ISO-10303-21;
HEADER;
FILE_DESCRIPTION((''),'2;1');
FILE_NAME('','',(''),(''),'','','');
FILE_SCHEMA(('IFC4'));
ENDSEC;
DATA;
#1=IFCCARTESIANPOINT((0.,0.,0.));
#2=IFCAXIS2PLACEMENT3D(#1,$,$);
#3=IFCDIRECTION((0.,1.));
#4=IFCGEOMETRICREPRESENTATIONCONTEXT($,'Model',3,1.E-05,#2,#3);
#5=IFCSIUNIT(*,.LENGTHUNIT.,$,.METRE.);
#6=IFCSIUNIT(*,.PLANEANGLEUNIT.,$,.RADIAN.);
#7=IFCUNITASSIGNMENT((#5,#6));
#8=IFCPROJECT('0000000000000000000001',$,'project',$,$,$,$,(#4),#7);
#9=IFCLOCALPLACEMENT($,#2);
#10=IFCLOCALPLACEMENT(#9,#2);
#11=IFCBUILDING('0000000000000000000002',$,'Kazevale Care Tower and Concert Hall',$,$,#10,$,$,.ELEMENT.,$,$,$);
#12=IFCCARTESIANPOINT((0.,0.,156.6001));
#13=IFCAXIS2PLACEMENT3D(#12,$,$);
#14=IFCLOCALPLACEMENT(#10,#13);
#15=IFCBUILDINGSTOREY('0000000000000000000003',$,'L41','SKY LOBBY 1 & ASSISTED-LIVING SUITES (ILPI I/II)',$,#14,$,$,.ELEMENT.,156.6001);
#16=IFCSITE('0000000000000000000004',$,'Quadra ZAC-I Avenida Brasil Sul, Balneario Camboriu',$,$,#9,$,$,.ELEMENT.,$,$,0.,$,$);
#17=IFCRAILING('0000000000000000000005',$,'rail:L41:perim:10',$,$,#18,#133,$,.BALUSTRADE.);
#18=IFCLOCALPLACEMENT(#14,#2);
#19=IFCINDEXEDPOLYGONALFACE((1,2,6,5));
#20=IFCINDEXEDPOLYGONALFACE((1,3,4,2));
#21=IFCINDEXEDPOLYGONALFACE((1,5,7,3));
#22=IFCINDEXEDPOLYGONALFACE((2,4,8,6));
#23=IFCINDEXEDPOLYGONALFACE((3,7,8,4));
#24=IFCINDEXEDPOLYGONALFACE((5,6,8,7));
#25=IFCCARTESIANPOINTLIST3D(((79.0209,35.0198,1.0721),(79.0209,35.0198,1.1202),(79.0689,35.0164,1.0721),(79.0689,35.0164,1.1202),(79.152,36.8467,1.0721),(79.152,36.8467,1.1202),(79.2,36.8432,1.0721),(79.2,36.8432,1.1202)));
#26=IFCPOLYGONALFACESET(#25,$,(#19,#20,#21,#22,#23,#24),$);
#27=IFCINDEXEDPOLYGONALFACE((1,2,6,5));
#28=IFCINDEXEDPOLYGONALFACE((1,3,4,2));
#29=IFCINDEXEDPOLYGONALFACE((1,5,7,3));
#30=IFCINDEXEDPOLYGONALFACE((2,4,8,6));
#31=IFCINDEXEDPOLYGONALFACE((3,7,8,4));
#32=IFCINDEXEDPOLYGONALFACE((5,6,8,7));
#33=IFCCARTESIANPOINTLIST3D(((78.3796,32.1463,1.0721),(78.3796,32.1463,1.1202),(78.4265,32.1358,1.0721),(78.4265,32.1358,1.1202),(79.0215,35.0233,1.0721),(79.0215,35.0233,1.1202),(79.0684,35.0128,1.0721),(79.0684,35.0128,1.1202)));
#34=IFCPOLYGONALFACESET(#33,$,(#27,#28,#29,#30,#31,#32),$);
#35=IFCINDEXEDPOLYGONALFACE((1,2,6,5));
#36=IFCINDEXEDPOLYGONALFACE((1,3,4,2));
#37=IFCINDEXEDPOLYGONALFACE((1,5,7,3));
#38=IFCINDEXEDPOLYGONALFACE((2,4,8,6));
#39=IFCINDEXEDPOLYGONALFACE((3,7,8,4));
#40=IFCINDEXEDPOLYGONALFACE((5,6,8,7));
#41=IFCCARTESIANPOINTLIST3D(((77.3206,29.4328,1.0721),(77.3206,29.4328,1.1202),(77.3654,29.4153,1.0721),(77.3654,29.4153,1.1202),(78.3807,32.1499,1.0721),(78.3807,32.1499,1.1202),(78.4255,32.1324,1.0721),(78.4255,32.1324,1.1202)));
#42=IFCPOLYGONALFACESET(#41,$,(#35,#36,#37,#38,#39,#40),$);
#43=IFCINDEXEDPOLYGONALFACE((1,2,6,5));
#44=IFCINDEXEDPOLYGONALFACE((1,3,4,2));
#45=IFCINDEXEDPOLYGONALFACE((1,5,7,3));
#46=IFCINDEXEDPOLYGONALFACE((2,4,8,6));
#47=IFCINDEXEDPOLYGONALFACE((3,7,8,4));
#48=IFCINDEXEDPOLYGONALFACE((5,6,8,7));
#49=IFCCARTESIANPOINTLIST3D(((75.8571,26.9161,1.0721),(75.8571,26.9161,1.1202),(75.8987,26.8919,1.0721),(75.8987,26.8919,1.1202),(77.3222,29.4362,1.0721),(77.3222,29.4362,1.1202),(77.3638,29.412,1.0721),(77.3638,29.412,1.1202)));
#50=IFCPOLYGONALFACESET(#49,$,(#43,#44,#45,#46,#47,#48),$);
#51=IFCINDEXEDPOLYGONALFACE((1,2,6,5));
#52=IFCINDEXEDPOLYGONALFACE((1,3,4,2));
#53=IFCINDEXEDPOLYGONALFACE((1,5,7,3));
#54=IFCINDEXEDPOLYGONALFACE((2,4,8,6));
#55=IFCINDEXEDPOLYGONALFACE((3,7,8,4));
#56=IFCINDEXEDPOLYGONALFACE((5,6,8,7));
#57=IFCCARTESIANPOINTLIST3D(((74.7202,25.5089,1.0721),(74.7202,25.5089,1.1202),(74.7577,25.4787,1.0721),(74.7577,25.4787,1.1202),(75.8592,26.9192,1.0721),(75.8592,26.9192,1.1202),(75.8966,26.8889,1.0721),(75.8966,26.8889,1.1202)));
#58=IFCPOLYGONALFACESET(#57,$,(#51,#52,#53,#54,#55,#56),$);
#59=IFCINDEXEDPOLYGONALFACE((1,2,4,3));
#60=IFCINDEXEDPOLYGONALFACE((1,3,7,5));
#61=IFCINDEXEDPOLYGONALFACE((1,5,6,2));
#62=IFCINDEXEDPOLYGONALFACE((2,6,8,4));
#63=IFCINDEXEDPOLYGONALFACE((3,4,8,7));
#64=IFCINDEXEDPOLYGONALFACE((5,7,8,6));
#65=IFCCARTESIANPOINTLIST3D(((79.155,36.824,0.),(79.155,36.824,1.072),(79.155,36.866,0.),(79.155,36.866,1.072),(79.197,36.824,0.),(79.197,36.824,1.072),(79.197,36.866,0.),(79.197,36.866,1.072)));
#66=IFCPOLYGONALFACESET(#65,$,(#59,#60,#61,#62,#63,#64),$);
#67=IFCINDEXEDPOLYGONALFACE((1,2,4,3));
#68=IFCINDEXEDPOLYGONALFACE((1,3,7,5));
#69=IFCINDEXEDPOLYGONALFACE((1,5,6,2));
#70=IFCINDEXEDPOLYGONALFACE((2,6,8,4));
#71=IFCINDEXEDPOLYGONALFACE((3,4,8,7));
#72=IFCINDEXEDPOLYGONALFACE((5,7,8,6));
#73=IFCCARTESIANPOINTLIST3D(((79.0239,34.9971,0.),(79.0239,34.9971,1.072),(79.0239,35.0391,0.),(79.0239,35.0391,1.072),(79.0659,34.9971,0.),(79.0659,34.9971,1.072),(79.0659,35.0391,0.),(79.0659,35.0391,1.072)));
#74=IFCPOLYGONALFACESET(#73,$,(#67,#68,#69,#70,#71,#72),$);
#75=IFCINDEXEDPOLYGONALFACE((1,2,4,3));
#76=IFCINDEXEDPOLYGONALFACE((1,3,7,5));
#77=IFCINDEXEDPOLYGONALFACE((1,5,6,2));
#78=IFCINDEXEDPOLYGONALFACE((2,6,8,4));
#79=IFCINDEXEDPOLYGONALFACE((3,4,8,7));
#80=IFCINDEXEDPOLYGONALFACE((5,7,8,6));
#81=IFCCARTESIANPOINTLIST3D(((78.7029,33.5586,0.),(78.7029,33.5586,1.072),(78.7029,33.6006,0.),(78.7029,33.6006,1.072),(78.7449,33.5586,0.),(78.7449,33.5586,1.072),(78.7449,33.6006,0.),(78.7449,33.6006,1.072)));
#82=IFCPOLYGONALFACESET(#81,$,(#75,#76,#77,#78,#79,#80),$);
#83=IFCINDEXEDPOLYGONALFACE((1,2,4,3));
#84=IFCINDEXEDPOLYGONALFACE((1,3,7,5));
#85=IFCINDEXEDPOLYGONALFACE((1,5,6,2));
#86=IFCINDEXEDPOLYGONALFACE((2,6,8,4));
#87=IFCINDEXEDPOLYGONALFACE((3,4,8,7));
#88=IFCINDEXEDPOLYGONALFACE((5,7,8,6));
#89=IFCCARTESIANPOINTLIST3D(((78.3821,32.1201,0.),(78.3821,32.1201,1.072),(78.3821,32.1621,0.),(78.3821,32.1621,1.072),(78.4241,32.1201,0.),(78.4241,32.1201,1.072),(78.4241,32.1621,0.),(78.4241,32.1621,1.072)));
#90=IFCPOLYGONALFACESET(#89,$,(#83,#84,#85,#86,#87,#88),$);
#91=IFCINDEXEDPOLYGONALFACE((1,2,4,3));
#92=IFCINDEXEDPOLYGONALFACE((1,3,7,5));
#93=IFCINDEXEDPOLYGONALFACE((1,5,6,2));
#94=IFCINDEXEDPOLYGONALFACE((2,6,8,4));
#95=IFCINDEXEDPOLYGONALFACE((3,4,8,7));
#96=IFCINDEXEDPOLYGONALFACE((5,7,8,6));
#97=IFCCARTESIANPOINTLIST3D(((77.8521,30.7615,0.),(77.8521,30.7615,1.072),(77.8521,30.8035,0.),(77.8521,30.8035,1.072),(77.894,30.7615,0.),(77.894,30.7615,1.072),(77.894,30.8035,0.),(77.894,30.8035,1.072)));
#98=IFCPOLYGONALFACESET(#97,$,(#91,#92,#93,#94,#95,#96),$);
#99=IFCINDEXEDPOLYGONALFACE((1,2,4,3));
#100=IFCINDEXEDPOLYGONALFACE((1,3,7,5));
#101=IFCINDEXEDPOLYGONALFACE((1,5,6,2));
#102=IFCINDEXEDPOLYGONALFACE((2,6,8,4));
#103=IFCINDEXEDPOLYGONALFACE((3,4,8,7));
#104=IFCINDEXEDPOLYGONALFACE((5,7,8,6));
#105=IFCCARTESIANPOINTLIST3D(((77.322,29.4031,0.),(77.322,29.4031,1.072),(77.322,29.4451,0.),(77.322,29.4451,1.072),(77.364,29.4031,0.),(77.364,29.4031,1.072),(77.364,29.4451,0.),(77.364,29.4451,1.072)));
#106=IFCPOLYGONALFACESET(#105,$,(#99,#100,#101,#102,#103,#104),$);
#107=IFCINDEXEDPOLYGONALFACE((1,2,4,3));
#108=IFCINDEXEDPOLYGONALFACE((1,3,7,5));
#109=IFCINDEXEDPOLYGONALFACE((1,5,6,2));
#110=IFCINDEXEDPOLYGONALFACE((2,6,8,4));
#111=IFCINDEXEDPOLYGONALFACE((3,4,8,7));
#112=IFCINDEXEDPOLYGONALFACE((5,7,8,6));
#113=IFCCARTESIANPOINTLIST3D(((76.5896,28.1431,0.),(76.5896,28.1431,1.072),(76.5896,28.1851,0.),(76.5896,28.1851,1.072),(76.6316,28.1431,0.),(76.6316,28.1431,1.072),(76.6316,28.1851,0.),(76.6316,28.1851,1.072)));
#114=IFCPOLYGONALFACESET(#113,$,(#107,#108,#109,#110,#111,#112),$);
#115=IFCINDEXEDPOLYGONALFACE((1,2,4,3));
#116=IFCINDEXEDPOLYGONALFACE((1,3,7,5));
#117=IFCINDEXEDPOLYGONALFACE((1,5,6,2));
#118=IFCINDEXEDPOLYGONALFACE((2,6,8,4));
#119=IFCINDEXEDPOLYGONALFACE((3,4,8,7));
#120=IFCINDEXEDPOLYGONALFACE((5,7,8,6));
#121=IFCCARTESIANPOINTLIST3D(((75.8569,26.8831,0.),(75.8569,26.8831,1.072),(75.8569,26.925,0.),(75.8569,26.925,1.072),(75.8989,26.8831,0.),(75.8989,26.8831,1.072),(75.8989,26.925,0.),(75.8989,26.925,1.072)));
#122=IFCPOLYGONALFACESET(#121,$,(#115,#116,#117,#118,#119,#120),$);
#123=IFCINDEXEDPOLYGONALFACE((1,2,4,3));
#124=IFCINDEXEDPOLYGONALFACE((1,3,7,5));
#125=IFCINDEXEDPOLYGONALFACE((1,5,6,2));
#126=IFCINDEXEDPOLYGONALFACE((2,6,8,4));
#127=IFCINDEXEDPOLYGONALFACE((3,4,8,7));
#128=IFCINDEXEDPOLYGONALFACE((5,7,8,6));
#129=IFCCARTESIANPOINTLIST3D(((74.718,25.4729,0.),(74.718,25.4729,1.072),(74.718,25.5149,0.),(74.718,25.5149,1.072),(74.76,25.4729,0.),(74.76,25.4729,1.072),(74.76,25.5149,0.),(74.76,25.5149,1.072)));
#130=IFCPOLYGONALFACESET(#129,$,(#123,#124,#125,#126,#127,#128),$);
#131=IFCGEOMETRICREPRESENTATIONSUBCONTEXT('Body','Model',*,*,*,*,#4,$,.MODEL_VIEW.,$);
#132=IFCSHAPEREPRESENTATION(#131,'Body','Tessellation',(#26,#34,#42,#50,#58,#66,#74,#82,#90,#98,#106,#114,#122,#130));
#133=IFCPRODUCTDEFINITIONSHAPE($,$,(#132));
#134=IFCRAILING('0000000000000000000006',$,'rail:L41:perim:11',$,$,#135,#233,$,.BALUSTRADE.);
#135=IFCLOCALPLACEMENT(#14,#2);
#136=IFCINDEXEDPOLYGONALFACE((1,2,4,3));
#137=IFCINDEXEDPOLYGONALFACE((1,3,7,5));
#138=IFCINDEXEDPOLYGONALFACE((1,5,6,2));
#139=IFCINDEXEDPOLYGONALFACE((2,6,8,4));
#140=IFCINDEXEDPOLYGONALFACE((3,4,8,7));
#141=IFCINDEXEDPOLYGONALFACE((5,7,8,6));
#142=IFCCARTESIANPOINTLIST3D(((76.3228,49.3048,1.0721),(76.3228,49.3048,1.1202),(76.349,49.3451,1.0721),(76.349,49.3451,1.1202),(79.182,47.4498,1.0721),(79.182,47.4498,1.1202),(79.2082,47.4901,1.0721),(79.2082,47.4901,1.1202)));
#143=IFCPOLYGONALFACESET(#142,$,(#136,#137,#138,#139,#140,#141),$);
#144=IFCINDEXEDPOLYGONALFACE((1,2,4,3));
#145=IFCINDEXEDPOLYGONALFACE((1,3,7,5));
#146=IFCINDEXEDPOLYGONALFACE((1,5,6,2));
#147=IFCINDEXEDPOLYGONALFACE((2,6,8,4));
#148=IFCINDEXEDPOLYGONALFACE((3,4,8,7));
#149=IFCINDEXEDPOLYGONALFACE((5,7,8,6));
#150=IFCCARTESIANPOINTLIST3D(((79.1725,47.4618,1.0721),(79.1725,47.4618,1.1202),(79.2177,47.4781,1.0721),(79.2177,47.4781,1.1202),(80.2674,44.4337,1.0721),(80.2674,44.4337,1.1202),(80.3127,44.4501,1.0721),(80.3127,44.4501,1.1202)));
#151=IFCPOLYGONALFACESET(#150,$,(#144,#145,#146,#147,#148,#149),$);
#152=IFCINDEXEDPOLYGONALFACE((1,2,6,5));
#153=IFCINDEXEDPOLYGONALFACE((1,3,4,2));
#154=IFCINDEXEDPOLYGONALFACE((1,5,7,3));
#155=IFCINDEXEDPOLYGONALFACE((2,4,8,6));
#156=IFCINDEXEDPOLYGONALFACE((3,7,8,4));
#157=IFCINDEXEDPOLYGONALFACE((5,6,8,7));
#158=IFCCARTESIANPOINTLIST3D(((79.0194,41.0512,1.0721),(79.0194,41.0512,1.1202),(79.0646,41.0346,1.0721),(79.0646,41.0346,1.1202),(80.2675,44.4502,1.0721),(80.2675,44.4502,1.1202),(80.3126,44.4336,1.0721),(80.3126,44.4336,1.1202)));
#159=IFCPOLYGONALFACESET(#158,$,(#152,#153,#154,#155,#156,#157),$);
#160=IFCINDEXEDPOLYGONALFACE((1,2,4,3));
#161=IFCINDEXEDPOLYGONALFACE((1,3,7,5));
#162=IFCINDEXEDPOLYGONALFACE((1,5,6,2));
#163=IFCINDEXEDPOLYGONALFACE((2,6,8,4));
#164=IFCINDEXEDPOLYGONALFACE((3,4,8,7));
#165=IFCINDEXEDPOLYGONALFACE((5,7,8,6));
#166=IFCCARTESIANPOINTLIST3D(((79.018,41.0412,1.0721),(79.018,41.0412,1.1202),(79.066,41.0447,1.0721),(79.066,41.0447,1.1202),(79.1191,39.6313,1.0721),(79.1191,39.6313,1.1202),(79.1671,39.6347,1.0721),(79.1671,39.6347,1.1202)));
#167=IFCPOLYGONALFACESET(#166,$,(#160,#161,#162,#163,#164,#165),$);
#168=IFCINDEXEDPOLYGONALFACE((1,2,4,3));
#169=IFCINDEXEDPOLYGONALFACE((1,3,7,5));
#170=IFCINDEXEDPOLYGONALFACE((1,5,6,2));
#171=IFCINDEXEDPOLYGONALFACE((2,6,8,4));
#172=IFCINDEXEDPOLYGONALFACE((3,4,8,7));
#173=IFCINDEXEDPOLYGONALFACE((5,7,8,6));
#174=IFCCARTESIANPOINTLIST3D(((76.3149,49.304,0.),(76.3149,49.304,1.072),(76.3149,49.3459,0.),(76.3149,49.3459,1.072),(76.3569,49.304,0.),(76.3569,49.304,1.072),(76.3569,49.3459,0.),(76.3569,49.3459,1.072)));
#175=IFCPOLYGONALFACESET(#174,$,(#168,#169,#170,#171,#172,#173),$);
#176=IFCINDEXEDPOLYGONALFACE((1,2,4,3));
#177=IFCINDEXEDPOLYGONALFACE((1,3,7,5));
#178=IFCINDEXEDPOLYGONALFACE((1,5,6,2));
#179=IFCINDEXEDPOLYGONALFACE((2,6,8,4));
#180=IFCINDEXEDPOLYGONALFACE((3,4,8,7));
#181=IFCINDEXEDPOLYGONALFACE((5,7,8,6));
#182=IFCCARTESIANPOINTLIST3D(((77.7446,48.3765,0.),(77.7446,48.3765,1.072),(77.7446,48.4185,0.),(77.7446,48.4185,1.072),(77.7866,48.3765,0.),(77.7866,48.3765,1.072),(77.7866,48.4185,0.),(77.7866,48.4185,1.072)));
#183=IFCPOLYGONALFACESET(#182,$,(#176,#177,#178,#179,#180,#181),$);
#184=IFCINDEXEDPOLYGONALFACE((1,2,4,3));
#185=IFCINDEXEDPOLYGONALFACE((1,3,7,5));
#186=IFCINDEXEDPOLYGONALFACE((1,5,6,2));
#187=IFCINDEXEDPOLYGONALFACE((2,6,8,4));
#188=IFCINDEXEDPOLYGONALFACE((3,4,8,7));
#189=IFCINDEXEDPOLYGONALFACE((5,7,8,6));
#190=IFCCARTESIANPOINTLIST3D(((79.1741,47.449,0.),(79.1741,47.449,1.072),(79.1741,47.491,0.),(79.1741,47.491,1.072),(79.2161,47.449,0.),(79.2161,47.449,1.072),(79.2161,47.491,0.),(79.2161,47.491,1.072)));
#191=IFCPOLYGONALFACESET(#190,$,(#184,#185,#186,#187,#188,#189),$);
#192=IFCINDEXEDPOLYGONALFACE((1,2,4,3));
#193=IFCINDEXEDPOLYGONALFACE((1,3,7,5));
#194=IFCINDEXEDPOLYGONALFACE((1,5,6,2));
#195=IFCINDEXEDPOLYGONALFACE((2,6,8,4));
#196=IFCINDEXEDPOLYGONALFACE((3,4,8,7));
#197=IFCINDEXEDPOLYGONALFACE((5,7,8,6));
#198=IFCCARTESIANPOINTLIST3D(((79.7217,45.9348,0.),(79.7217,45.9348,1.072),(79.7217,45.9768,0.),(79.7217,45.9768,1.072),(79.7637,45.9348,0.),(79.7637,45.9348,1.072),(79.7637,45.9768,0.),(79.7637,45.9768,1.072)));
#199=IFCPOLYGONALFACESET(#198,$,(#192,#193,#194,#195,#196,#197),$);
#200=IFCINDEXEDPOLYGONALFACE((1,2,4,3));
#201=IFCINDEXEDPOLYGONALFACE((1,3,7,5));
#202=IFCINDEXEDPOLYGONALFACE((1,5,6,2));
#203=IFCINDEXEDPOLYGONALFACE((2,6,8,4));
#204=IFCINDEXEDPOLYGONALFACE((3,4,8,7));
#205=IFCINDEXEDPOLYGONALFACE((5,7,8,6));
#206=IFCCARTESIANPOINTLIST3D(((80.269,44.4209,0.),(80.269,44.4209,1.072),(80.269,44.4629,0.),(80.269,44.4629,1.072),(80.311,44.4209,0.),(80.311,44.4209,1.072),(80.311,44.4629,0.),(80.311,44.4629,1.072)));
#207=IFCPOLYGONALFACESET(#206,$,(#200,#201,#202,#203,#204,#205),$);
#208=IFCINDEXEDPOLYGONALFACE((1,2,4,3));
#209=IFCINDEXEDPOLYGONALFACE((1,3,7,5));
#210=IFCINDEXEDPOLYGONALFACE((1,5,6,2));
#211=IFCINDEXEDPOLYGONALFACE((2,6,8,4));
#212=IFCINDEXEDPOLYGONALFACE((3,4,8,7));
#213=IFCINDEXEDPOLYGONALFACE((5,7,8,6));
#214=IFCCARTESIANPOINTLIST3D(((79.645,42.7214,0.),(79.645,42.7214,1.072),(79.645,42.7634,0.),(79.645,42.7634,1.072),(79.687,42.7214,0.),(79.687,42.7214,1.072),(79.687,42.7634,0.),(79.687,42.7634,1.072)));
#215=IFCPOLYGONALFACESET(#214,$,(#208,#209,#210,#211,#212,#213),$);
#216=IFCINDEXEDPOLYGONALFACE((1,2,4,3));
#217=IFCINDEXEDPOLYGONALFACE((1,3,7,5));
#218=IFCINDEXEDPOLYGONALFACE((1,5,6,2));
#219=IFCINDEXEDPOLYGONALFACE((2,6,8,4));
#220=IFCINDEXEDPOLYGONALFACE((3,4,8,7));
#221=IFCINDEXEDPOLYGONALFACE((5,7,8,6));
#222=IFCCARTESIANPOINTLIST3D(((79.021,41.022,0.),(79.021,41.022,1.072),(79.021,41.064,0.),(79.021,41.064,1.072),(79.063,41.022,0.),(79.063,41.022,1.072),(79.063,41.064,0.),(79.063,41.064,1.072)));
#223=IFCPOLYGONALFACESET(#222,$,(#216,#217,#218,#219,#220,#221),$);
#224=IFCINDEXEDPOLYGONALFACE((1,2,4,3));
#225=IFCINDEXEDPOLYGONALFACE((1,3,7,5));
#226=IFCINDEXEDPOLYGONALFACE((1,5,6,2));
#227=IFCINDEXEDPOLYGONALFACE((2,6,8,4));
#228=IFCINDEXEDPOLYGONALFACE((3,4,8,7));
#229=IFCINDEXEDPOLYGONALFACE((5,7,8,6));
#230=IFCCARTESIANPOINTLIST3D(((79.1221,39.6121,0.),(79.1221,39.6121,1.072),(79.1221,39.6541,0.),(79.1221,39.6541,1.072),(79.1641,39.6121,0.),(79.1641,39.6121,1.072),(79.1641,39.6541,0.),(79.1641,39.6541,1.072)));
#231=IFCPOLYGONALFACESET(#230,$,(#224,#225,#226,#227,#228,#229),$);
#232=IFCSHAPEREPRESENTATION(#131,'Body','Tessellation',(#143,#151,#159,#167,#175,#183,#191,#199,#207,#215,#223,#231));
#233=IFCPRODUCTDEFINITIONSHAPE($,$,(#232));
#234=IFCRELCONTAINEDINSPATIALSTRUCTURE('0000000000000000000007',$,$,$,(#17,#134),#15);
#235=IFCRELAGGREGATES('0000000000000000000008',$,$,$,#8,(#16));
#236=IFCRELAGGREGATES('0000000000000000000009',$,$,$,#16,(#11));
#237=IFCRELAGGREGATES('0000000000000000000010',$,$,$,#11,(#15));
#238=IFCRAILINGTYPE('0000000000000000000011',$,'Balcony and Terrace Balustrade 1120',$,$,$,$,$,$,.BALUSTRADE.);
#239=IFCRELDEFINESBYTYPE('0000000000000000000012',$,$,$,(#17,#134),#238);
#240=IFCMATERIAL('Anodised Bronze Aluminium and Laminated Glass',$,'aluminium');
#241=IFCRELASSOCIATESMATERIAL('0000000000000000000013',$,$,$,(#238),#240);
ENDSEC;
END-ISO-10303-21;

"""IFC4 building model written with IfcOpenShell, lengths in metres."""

from ifc_helpers import new_model, si_unit, direction, frame, origin, origin_2d, place, context, subcontext, project, spatial, rectangle, extrude, material, type_object, element, save


model = new_model("IFC4")

# Units and contexts
model_context = context("Model", 3, precision=1e-05, world=origin(), true_north=direction((0.0, 1.0)))
body_context = subcontext(model_context, "Body", "Model", "MODEL_VIEW")
ifc_project = project(units=[si_unit("LENGTHUNIT", "METRE"), si_unit("PLANEANGLEUNIT", "RADIAN")], contexts=[model_context])

# Site, building, storey
site_placement = place(None, origin())
site = spatial("IfcSite", under=ifc_project, at=site_placement, Name="Quadra ZAC-I Avenida Brasil Sul, Balneario Camboriu", CompositionType="ELEMENT", RefElevation=0.0)
building_placement = place(site_placement, origin())
building = spatial("IfcBuilding", under=site, at=building_placement, Name="Kazevale Care Tower and Concert Hall", CompositionType="ELEMENT")
storey_placement = place(building_placement, frame((0.0, 0.0, 156.6001)))
storey = spatial("IfcBuildingStorey", under=building, at=storey_placement, Name="L41", Description="SKY LOBBY 1 & ASSISTED-LIVING SUITES (ILPI I/II)", CompositionType="ELEMENT", Elevation=156.6001)

# Railings
ifc_material_1 = material(Name="Anodised Bronze Aluminium and Laminated Glass", Category="aluminium")
railing_type = type_object("IfcRailingType", Name="Balcony and Terrace Balustrade 1120", PredefinedType="BALUSTRADE", material=ifc_material_1)
railing_1_placement = place(storey_placement, frame((79.176, 36.845, 0.0)))
element("IfcRailing", 1, at=railing_1_placement, inside=storey, type_object=railing_type, Name="rail:L41:perim:10", PredefinedType="BALUSTRADE", context=body_context, shape_type="SweptSolid", body=[
    extrude(rectangle(XDim=0.0481, YDim=0.0481, at=origin_2d()), frame((0.0, 0.0, 1.0962), z_axis=(-0.071579, -0.997435, 0.0), x_axis=(0.997435, -0.071579, 0.0)), (0.0, 0.0, 1.0), 1.8315),
    extrude(rectangle(XDim=0.0481, YDim=0.0481, at=origin_2d()), frame((-0.1311, -1.8269, 1.0962), z_axis=(-0.217746, -0.976005, 0.0), x_axis=(0.976005, -0.217746, 0.0)), (0.0, 0.0, 1.0), 2.9478),
    extrude(rectangle(XDim=0.0481, YDim=0.0481, at=origin_2d()), frame((-0.7729, -4.7039, 1.0962), z_axis=(-0.363468, -0.931607, 0.0), x_axis=(0.931607, -0.363468, 0.0)), (0.0, 0.0, 1.0), 2.9165),
    extrude(rectangle(XDim=0.0481, YDim=0.0481, at=origin_2d()), frame((-1.833, -7.4209, 1.0962), z_axis=(-0.50261, -0.864513, 0.0), x_axis=(0.864513, -0.50261, 0.0)), (0.0, 0.0, 1.0), 2.915),
    extrude(rectangle(XDim=0.0481, YDim=0.0481, at=origin_2d()), frame((-3.2981, -9.9409, 1.0962), z_axis=(-0.628318, -0.777956, 0.0), x_axis=(0.777956, -0.628318, 0.0)), (0.0, 0.0, 1.0), 1.8127),
    extrude(rectangle(XDim=0.042, YDim=0.042, at=origin_2d()), origin(), (0.0, 0.0, 1.0), 1.072),
    extrude(rectangle(XDim=0.042, YDim=0.042, at=origin_2d()), frame((-0.1311, -1.8269, 0.0)), (0.0, 0.0, 1.0), 1.072),
    extrude(rectangle(XDim=0.042, YDim=0.042, at=origin_2d()), frame((-0.4521, -3.2654, 0.0)), (0.0, 0.0, 1.0), 1.072),
    extrude(rectangle(XDim=0.042, YDim=0.042, at=origin_2d()), frame((-0.7729, -4.7039, 0.0)), (0.0, 0.0, 1.0), 1.072),
    extrude(rectangle(XDim=0.042, YDim=0.042, at=origin_2d()), frame((-1.303, -6.0625, 0.0)), (0.0, 0.0, 1.0), 1.072),
    extrude(rectangle(XDim=0.042, YDim=0.042, at=origin_2d()), frame((-1.833, -7.4209, 0.0)), (0.0, 0.0, 1.0), 1.072),
    extrude(rectangle(XDim=0.042, YDim=0.042, at=origin_2d()), frame((-2.5654, -8.6809, 0.0)), (0.0, 0.0, 1.0), 1.072),
    extrude(rectangle(XDim=0.042, YDim=0.042, at=origin_2d()), frame((-3.2981, -9.9409, 0.0)), (0.0, 0.0, 1.0), 1.072),
    extrude(rectangle(XDim=0.042, YDim=0.042, at=origin_2d()), frame((-4.437, -11.3511, 0.0)), (0.0, 0.0, 1.0), 1.072),
])
railing_2_placement = place(storey_placement, frame((76.3359, 49.325, 0.0)))
element("IfcRailing", 2, at=railing_2_placement, inside=storey, type_object=railing_type, Name="rail:L41:perim:11", PredefinedType="BALUSTRADE", context=body_context, shape_type="SweptSolid", body=[
    extrude(rectangle(XDim=0.0481, YDim=0.0481, at=origin_2d()), frame((0.0, 0.0, 1.0962), z_axis=(0.838906, -0.544276, 0.0), x_axis=(0.544276, 0.838906, 0.0)), (0.0, 0.0, 1.0), 3.4082),
    extrude(rectangle(XDim=0.0481, YDim=0.0481, at=origin_2d()), frame((2.8591, -1.855, 1.0962), z_axis=(0.340056, -0.940405, 0.0), x_axis=(0.940405, 0.340056, 0.0)), (0.0, 0.0, 1.0), 3.22),
    extrude(rectangle(XDim=0.0481, YDim=0.0481, at=origin_2d()), frame((3.9541, -4.8831, 1.0962), z_axis=(-0.344687, -0.938718, 0.0), x_axis=(0.938718, -0.344687, 0.0)), (0.0, 0.0, 1.0), 3.6208),
    extrude(rectangle(XDim=0.0481, YDim=0.0481, at=origin_2d()), frame((2.7061, -8.282, 1.0962), z_axis=(0.071505, -0.99744, 0.0), x_axis=(0.99744, 0.071505, 0.0)), (0.0, 0.0, 1.0), 1.4136),
    extrude(rectangle(XDim=0.042, YDim=0.042, at=origin_2d()), origin(), (0.0, 0.0, 1.0), 1.072),
    extrude(rectangle(XDim=0.042, YDim=0.042, at=origin_2d()), frame((1.4297, -0.9275, 0.0)), (0.0, 0.0, 1.0), 1.072),
    extrude(rectangle(XDim=0.042, YDim=0.042, at=origin_2d()), frame((2.8591, -1.855, 0.0)), (0.0, 0.0, 1.0), 1.072),
    extrude(rectangle(XDim=0.042, YDim=0.042, at=origin_2d()), frame((3.4067, -3.3691, 0.0)), (0.0, 0.0, 1.0), 1.072),
    extrude(rectangle(XDim=0.042, YDim=0.042, at=origin_2d()), frame((3.9541, -4.8831, 0.0)), (0.0, 0.0, 1.0), 1.072),
    extrude(rectangle(XDim=0.042, YDim=0.042, at=origin_2d()), frame((3.3301, -6.5825, 0.0)), (0.0, 0.0, 1.0), 1.072),
    extrude(rectangle(XDim=0.042, YDim=0.042, at=origin_2d()), frame((2.7061, -8.282, 0.0)), (0.0, 0.0, 1.0), 1.072),
    extrude(rectangle(XDim=0.042, YDim=0.042, at=origin_2d()), frame((2.8071, -9.6919, 0.0)), (0.0, 0.0, 1.0), 1.072),
])

save(model, "model.ifc")
